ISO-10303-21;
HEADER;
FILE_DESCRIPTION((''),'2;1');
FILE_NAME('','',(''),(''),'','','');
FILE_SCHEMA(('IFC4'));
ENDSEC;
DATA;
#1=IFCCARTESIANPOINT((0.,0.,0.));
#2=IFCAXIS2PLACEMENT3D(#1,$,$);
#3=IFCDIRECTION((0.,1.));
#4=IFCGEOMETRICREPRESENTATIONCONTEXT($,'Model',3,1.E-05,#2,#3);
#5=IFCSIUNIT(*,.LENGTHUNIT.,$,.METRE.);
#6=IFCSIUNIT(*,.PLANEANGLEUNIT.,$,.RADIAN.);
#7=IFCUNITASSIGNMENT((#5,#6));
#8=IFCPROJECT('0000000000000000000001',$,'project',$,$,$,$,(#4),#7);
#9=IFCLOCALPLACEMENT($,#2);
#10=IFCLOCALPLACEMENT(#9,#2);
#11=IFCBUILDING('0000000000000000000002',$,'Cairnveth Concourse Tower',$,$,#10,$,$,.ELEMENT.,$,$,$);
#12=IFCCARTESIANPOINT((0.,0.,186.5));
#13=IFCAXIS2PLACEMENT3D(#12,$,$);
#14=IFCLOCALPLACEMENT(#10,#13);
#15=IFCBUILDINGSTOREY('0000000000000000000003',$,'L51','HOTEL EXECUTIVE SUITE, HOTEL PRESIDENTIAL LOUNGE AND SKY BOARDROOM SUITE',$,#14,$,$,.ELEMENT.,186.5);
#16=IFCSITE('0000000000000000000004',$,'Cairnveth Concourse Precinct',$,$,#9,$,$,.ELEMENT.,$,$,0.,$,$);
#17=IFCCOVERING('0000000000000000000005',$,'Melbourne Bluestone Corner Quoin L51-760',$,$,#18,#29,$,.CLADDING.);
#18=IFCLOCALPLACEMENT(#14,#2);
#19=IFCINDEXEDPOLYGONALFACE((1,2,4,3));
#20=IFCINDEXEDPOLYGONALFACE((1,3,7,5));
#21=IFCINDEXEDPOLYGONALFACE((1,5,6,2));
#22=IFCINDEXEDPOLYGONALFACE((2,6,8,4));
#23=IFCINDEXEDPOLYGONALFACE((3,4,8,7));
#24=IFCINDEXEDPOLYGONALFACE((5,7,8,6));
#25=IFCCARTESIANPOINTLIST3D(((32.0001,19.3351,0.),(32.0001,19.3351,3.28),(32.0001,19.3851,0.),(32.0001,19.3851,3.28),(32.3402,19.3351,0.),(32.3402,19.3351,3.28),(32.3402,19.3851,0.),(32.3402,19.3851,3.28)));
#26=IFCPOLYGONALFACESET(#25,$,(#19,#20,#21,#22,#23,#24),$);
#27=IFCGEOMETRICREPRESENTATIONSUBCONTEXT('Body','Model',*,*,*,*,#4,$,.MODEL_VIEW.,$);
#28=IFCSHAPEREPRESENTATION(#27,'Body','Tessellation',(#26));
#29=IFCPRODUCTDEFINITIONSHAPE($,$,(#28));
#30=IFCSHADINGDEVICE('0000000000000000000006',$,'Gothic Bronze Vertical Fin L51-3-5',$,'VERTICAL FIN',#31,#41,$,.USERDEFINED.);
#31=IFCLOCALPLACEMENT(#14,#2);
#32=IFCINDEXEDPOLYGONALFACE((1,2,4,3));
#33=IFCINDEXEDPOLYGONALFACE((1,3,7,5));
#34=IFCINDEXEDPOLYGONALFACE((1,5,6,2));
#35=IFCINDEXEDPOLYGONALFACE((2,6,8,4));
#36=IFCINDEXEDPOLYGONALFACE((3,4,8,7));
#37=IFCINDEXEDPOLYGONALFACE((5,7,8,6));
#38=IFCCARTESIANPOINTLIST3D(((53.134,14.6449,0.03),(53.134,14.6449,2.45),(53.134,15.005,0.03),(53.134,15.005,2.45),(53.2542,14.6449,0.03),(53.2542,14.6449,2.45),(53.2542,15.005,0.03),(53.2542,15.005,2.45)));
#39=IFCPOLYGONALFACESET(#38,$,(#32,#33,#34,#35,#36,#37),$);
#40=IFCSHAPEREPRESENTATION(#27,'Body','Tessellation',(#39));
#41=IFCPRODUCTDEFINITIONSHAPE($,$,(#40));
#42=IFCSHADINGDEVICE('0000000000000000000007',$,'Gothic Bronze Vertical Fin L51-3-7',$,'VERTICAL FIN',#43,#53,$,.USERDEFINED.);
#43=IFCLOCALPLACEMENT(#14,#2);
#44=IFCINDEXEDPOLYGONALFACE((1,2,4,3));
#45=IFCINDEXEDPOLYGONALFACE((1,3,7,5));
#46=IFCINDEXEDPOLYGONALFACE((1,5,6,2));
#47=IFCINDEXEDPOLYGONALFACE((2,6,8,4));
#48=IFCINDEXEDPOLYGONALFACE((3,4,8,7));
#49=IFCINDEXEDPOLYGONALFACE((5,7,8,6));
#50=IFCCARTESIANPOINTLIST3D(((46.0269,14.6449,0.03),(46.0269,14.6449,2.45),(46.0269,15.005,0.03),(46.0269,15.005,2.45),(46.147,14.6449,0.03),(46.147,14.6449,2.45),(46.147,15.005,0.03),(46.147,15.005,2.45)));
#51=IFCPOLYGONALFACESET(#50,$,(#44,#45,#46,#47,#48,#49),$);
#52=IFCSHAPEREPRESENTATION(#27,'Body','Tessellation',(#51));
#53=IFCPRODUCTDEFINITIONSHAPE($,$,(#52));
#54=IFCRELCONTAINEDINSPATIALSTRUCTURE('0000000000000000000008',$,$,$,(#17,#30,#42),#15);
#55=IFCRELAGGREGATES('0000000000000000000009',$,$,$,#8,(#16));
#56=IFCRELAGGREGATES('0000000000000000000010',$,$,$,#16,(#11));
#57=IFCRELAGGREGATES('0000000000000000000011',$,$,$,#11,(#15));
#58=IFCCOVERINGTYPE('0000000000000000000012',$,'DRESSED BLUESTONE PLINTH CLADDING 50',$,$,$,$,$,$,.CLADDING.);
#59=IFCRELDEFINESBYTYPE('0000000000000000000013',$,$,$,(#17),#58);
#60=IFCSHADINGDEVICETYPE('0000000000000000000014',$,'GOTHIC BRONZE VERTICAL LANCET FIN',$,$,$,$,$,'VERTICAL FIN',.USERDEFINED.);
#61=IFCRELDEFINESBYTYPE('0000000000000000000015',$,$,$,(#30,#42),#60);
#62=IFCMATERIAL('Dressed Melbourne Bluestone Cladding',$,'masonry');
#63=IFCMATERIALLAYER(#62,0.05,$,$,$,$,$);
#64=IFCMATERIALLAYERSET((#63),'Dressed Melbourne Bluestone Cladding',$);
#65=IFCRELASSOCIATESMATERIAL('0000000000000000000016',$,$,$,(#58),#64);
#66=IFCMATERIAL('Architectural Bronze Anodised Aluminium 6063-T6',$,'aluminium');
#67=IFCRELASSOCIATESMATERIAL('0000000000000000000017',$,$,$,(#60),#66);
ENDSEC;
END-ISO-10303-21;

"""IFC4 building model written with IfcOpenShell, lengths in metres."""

from ifc_helpers import new_model, si_unit, direction, frame, frame_2d, origin, origin_2d, place, context, subcontext, project, spatial, rectangle, extrude, material, layer, layer_set, type_object, element, save


model = new_model("IFC4")

# Units and contexts
model_context = context("Model", 3, precision=1e-05, world=origin(), true_north=direction((0.0, 1.0)))
body_context = subcontext(model_context, "Body", "Model", "MODEL_VIEW")
ifc_project = project(units=[si_unit("LENGTHUNIT", "METRE"), si_unit("PLANEANGLEUNIT", "RADIAN")], contexts=[model_context])

# Site, building, storey
site_placement = place(None, origin())
site = spatial("IfcSite", under=ifc_project, at=site_placement, Name="Cairnveth Concourse Precinct", CompositionType="ELEMENT", RefElevation=0.0)
building_placement = place(site_placement, origin())
building = spatial("IfcBuilding", under=site, at=building_placement, Name="Cairnveth Concourse Tower", CompositionType="ELEMENT")
storey_placement = place(building_placement, frame((0.0, 0.0, 186.5)))
storey = spatial("IfcBuildingStorey", under=building, at=storey_placement, Name="L51", Description="HOTEL EXECUTIVE SUITE, HOTEL PRESIDENTIAL LOUNGE AND SKY BOARDROOM SUITE", CompositionType="ELEMENT", Elevation=186.5)

# Covering
ifc_material_1 = material(Name="Dressed Melbourne Bluestone Cladding", Category="masonry")
ifc_layer_1 = layer(ifc_material_1, 0.05)
ifc_layer_set_1 = layer_set([ifc_layer_1], Name="Dressed Melbourne Bluestone Cladding")
covering_type = type_object("IfcCoveringType", Name="DRESSED BLUESTONE PLINTH CLADDING 50", PredefinedType="CLADDING", material=ifc_layer_set_1)
covering_placement = place(storey_placement, frame((32.3401, 19.3601, 0.0), z_axis=(0.0, 0.0, 1.0), x_axis=(-1.0, 0.0, 0.0)))
element("IfcCovering", 1, at=covering_placement, inside=storey, type_object=covering_type, Name="Melbourne Bluestone Corner Quoin L51-760", PredefinedType="CLADDING", context=body_context, shape_type="SweptSolid", body=[
    extrude(rectangle(XDim=0.3401, YDim=0.05, at=frame_2d((0.1699, 0.0))), origin(), (0.0, 0.0, 1.0), 3.28),
])

# Shading devices
ifc_material_2 = material(Name="Architectural Bronze Anodised Aluminium 6063-T6", Category="aluminium")
shading_device_type = type_object("IfcShadingDeviceType", Name="GOTHIC BRONZE VERTICAL LANCET FIN", ElementType="VERTICAL FIN", PredefinedType="USERDEFINED", material=ifc_material_2)
for number, where, z_axis, x_axis, name in (
    (2, (53.1941, 14.825, 0.03), (0.0, 0.0, 1.0), (1.0, 0.0, 0.0), "Gothic Bronze Vertical Fin L51-3-5"),
    (3, (46.0869, 14.825, 0.03), (0.0, 0.0, 1.0), (1.0, 0.0, 0.0), "Gothic Bronze Vertical Fin L51-3-7"),
):
    element("IfcShadingDevice", number, at=place(storey_placement, frame(where, z_axis=z_axis, x_axis=x_axis)), inside=storey, type_object=shading_device_type, Name=name, ObjectType="VERTICAL FIN", PredefinedType="USERDEFINED", context=body_context, shape_type="SweptSolid", body=[
        extrude(rectangle(XDim=0.1201, YDim=0.3601, at=origin_2d()), origin(), (0.0, 0.0, 1.0), 2.4199),
    ])

save(model, "model.ifc")
